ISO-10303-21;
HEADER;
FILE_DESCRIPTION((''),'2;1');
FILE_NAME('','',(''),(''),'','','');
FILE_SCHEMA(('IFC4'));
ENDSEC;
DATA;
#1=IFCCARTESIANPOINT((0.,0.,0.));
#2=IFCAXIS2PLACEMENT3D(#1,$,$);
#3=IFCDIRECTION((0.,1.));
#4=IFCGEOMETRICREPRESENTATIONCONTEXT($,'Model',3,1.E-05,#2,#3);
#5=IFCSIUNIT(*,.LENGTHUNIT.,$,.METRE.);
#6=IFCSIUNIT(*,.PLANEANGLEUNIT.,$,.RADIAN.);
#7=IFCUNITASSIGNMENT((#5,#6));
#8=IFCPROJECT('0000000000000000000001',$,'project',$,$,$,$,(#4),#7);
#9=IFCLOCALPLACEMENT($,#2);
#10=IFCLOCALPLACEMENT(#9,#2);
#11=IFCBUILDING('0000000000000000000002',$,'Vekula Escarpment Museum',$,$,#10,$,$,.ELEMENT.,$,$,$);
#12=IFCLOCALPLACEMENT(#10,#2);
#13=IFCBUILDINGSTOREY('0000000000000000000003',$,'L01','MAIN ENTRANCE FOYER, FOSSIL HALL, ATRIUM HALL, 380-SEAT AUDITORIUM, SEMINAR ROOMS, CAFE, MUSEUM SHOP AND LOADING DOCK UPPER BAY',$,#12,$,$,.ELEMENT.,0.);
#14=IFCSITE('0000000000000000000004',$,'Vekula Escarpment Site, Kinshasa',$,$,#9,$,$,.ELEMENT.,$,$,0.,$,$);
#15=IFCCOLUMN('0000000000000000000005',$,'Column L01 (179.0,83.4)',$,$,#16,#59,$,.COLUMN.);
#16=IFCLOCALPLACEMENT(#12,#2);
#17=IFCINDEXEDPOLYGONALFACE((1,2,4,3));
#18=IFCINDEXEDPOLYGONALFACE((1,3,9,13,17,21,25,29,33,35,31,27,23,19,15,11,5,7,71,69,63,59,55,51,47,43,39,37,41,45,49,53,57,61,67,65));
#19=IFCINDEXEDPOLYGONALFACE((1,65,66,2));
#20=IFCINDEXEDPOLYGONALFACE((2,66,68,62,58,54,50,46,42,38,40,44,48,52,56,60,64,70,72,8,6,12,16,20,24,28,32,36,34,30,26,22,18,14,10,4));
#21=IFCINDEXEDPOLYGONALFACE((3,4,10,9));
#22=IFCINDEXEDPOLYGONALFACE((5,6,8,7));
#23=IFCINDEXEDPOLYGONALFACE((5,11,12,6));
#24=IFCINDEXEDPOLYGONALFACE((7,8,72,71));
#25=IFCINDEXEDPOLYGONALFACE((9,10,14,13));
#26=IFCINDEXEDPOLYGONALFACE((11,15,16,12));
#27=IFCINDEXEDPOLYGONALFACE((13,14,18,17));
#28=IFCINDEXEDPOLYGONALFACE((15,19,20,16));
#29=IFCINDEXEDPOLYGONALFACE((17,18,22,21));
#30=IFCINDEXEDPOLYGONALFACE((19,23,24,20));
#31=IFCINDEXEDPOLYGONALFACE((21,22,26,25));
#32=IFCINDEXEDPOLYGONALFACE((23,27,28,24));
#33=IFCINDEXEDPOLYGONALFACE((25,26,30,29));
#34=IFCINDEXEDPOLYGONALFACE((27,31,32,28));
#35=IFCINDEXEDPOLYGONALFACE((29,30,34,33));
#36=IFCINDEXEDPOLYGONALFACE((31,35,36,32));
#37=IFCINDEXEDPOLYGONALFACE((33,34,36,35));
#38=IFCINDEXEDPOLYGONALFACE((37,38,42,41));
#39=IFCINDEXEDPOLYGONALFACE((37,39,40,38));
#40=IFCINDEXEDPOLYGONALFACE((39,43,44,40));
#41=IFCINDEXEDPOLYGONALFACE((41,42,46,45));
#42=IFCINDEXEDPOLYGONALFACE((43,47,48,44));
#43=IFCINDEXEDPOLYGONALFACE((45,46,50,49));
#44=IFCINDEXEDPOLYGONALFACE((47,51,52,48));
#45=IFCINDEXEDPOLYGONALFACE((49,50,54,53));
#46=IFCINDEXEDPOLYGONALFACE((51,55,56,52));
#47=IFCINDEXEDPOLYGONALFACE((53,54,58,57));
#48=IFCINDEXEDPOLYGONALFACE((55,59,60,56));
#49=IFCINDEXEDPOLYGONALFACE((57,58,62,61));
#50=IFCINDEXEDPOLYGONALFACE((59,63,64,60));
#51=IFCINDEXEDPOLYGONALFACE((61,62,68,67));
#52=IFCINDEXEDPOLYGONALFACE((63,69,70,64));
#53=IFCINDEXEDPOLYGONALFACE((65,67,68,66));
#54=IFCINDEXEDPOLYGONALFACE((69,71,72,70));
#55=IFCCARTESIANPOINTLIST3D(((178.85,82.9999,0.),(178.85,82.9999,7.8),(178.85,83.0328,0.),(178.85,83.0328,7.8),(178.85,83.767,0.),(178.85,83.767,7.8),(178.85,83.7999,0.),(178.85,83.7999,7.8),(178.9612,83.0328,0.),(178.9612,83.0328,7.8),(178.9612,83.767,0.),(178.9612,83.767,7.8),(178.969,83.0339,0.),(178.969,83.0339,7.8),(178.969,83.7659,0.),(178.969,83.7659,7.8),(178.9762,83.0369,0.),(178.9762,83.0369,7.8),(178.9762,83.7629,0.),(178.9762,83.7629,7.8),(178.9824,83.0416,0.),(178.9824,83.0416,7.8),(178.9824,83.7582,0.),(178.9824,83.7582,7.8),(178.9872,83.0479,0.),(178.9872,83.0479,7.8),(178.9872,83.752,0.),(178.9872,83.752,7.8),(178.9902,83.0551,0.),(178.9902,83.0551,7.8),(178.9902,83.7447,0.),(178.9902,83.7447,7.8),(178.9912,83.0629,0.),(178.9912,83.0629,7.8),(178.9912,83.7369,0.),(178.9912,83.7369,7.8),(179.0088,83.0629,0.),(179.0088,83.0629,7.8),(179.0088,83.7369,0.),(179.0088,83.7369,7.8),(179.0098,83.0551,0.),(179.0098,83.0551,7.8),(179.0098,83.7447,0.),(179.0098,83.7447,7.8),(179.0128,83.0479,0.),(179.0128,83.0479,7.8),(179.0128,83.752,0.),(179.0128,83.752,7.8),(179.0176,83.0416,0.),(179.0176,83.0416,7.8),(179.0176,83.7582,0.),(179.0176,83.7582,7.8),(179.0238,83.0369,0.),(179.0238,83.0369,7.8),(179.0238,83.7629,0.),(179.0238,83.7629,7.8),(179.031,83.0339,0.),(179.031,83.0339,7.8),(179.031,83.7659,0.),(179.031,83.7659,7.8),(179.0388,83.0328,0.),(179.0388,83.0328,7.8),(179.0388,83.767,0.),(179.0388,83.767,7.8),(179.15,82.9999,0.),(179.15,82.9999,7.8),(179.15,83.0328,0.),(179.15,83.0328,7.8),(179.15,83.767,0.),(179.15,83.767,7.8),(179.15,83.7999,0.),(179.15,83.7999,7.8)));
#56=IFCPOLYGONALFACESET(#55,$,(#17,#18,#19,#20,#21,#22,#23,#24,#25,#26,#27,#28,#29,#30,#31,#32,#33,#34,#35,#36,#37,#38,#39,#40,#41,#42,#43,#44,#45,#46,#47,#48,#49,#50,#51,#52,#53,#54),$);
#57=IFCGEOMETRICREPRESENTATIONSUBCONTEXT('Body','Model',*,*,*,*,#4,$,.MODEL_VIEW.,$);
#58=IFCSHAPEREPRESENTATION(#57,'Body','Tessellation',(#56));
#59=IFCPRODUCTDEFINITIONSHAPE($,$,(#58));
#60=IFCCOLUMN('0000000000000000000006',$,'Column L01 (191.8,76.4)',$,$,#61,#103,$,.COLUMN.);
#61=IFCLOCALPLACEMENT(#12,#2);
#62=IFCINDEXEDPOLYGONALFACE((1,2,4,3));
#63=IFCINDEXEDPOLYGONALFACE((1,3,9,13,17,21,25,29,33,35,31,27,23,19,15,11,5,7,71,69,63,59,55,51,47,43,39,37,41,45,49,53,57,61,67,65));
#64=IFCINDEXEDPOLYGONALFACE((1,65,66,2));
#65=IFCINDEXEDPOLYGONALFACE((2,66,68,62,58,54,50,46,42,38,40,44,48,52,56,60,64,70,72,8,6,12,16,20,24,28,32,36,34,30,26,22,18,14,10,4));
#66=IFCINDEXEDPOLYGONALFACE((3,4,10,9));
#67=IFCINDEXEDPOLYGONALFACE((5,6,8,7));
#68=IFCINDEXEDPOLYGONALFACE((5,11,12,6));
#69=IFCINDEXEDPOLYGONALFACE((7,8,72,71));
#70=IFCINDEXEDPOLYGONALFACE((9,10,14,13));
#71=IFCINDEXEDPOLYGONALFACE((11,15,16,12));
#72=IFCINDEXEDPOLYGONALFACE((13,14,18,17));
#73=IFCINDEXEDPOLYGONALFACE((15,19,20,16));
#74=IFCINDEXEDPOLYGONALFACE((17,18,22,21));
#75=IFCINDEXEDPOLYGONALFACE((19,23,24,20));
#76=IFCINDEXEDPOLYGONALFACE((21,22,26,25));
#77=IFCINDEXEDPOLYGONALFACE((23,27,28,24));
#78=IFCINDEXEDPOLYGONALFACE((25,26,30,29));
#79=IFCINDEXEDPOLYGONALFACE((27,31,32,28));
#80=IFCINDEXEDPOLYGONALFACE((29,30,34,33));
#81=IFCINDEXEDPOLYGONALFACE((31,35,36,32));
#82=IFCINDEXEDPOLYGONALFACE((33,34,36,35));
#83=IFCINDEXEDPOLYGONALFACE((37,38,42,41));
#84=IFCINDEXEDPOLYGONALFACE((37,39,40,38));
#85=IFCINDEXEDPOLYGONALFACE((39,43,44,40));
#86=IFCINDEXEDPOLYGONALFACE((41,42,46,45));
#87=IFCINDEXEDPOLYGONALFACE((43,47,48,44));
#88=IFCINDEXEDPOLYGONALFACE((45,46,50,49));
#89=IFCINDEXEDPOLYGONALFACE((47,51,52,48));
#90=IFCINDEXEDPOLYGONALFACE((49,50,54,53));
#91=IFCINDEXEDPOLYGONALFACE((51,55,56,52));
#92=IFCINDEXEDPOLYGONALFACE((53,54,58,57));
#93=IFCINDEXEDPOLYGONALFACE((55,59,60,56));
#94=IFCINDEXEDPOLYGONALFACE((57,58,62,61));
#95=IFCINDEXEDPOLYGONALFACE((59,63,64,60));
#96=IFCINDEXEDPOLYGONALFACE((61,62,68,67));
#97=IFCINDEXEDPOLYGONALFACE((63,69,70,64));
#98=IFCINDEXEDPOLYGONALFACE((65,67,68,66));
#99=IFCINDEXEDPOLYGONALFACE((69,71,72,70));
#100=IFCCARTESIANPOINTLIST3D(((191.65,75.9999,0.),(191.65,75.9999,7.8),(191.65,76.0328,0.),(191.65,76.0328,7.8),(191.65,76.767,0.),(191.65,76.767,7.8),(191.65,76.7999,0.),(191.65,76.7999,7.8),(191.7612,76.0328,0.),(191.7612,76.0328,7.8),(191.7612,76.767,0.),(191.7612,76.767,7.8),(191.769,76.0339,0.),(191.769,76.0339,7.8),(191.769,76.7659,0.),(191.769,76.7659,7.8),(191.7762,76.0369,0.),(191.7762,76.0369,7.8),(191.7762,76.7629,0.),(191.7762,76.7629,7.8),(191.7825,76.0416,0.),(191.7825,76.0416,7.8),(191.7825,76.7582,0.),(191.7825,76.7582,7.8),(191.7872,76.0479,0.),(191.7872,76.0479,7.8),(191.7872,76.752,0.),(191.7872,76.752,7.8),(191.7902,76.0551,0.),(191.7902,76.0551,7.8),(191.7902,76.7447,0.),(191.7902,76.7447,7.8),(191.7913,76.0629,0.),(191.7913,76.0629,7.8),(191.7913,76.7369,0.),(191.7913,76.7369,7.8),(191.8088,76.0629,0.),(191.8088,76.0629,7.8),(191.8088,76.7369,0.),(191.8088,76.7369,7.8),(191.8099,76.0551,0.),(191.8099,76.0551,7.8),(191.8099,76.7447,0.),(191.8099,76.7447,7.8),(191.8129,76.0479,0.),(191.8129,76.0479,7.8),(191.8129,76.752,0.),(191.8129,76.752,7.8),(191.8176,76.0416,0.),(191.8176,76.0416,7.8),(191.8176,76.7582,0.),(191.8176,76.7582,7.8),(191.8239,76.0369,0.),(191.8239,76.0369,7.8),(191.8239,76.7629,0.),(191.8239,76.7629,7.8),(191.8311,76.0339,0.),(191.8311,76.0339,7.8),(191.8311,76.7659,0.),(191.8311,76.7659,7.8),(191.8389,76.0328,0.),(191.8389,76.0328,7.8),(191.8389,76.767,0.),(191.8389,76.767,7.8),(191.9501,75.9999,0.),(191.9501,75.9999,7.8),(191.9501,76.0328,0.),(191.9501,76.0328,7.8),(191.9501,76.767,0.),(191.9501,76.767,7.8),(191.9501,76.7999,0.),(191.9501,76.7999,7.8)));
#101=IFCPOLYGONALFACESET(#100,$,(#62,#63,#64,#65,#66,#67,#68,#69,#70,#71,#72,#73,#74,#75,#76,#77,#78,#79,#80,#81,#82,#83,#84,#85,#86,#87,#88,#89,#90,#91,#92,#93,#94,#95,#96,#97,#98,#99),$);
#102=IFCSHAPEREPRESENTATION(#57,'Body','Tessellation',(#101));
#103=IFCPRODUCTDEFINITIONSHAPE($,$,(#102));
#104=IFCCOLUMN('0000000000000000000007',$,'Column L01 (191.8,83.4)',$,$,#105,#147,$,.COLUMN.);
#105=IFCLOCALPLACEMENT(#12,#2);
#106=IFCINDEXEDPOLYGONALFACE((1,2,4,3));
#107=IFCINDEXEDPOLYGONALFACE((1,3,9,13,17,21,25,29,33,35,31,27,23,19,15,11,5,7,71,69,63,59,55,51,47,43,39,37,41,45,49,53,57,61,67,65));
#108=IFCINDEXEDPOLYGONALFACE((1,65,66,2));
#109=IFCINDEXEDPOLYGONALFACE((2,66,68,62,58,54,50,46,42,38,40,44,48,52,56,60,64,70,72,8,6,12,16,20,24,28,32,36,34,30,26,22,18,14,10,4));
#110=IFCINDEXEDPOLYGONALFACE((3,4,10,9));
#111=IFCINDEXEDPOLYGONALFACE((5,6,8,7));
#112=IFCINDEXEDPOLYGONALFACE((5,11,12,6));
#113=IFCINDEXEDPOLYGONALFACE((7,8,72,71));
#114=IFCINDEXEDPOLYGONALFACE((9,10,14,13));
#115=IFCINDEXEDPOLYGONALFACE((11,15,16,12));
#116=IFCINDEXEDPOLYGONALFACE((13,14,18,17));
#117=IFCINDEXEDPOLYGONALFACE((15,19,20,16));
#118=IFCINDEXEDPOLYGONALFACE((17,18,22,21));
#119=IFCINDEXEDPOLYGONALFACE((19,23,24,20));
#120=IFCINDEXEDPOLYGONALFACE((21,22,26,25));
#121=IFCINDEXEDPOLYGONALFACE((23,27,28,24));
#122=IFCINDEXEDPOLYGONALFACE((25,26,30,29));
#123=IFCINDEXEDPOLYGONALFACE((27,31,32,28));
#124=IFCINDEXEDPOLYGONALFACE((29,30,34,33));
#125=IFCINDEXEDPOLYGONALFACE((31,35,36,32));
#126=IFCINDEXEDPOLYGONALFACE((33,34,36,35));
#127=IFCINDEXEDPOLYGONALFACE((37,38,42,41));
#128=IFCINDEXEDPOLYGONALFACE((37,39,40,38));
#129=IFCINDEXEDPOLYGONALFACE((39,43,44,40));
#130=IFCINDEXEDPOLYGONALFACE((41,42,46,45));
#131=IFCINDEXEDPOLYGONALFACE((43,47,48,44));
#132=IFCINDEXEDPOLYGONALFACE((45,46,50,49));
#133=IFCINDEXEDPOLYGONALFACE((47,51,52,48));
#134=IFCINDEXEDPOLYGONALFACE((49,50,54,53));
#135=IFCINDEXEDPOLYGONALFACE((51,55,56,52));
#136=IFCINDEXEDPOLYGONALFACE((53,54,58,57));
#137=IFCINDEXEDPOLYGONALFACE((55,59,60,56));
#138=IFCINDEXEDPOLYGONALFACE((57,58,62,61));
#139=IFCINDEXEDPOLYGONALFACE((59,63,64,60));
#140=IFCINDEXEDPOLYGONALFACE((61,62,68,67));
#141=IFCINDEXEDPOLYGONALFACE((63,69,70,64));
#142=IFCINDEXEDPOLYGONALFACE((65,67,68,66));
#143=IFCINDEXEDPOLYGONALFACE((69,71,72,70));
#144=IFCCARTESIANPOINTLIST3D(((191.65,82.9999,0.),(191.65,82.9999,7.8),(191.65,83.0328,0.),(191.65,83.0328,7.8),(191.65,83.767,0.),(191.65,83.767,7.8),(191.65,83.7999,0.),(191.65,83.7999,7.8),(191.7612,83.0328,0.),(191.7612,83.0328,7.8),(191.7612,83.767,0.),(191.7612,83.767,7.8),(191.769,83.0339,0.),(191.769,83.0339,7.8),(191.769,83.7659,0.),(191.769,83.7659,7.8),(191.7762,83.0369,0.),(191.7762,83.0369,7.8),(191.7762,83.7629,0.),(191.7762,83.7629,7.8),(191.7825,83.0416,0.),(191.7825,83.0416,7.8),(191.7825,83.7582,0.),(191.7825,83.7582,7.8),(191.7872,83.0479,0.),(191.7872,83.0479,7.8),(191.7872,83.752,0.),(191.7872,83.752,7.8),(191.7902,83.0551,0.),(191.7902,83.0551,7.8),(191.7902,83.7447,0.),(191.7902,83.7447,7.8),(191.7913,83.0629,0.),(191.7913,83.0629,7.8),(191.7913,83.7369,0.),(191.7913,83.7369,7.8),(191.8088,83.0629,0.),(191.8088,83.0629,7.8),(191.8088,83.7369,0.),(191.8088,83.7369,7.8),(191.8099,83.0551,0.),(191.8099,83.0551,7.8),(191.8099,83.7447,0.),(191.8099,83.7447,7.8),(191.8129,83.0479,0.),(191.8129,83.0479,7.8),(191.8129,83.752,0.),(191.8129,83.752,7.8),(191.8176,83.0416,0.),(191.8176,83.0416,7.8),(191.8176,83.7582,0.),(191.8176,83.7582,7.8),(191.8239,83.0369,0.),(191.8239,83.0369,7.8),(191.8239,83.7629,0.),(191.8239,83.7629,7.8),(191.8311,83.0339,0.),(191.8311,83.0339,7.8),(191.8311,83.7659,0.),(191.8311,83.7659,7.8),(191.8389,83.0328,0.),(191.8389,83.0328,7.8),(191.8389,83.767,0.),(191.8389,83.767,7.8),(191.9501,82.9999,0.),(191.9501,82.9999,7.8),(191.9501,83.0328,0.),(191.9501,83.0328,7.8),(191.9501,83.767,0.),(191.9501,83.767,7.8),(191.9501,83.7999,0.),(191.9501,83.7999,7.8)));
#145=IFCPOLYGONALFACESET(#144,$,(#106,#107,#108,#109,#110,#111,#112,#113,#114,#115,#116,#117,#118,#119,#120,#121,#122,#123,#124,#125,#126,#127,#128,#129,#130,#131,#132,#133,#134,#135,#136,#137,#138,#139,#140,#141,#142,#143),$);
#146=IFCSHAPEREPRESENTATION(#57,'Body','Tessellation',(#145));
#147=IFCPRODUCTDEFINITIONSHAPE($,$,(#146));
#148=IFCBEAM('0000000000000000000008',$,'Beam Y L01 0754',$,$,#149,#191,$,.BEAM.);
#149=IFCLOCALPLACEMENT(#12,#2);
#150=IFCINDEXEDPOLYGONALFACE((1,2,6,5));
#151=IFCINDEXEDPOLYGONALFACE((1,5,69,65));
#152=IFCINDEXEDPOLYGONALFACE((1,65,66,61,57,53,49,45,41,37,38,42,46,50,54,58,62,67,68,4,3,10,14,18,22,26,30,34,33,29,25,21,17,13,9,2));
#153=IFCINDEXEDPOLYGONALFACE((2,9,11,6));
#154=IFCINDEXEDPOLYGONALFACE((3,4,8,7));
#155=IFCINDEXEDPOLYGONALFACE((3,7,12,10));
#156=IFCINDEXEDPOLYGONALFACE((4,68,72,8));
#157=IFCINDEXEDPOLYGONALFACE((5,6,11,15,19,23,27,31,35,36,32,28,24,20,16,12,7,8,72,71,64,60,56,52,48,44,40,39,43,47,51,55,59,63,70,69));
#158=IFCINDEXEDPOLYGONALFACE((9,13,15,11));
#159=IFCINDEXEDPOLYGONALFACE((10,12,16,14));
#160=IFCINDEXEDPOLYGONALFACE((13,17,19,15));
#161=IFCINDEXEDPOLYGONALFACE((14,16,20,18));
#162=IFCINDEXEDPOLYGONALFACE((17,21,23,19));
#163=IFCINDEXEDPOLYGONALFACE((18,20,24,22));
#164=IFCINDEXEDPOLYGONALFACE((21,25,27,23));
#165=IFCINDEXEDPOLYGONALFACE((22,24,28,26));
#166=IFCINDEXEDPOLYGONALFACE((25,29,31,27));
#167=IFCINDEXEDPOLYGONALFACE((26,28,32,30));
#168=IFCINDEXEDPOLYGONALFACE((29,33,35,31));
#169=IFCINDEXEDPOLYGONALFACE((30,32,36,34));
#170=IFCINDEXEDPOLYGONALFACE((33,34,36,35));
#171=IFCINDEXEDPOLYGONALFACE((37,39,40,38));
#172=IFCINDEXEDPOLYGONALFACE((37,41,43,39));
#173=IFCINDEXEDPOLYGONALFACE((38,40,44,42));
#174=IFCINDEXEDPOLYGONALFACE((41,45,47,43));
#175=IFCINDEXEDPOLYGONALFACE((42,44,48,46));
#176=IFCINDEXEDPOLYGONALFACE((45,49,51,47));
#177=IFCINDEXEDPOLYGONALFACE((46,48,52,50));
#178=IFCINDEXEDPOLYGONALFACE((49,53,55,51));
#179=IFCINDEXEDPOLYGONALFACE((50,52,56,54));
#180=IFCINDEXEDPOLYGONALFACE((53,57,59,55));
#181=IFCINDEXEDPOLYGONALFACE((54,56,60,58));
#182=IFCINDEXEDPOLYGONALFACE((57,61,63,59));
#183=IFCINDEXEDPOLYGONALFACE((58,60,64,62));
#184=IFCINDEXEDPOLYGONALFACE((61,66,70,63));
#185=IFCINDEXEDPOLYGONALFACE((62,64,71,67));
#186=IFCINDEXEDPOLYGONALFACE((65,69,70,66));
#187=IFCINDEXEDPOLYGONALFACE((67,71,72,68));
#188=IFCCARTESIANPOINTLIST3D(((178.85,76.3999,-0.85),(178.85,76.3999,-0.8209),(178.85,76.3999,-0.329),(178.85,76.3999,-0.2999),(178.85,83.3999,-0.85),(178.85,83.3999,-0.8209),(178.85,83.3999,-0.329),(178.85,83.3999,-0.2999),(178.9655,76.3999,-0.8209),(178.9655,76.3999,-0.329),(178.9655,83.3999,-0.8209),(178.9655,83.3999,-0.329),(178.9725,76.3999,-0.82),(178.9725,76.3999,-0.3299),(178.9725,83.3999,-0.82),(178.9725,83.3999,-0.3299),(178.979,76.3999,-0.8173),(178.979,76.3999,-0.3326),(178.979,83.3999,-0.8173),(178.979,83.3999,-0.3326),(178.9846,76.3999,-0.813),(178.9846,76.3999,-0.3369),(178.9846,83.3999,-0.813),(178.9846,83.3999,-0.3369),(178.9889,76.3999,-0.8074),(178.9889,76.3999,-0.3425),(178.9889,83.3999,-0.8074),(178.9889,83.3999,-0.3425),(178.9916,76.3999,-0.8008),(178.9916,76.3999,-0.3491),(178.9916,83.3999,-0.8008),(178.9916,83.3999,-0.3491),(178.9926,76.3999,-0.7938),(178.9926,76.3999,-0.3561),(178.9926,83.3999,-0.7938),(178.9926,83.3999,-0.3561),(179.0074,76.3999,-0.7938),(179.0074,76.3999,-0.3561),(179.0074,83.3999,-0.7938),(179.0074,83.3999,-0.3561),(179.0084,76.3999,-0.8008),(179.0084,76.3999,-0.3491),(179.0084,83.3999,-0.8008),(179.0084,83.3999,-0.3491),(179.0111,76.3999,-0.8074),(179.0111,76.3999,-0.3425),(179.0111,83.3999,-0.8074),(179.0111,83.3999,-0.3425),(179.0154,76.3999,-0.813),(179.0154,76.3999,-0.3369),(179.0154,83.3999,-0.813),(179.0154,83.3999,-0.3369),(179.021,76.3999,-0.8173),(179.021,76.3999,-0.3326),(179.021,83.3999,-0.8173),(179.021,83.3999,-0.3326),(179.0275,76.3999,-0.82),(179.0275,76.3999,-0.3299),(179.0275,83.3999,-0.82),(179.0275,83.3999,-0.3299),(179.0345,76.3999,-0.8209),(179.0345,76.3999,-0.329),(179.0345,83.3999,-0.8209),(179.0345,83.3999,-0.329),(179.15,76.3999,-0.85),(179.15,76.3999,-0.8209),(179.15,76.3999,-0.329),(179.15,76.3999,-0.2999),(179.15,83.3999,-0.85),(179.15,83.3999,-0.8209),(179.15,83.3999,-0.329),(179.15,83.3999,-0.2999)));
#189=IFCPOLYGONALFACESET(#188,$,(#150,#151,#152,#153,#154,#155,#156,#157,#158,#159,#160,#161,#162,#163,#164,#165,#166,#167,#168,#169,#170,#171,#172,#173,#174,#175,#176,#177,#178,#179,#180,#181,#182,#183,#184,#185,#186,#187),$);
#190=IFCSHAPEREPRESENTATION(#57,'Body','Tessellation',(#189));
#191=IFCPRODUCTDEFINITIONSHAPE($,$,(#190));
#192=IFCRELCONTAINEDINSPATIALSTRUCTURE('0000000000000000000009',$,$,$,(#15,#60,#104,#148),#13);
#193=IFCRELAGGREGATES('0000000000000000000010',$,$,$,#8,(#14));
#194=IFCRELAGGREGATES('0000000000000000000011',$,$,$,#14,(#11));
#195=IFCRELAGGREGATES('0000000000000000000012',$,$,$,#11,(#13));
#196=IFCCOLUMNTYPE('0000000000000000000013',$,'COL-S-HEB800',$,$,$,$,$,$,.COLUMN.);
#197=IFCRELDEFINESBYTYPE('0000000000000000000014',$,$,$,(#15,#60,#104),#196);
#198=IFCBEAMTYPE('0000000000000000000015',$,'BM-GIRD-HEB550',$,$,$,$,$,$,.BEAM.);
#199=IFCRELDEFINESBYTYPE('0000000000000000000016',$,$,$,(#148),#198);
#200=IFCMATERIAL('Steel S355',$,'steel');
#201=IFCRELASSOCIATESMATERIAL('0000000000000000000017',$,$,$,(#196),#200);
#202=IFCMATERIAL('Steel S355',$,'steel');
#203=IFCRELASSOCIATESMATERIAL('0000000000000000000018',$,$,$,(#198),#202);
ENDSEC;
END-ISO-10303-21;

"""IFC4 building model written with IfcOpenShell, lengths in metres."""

from ifc_helpers import new_model, si_unit, direction, frame, origin, origin_2d, place, context, subcontext, project, spatial, i_section, extrude, material, material_profile, profile_set, type_object, element, save


model = new_model("IFC4")

# Units and contexts
model_context = context("Model", 3, precision=1e-05, world=origin(), true_north=direction((0.0, 1.0)))
body_context = subcontext(model_context, "Body", "Model", "MODEL_VIEW")
ifc_project = project(units=[si_unit("LENGTHUNIT", "METRE"), si_unit("PLANEANGLEUNIT", "RADIAN")], contexts=[model_context])

# Site, building, storey
site_placement = place(None, origin())
site = spatial("IfcSite", under=ifc_project, at=site_placement, Name="Vekula Escarpment Site, Kinshasa", CompositionType="ELEMENT", RefElevation=0.0)
building_placement = place(site_placement, origin())
building = spatial("IfcBuilding", under=site, at=building_placement, Name="Vekula Escarpment Museum", CompositionType="ELEMENT")
storey_placement = place(building_placement, origin())
storey = spatial("IfcBuildingStorey", under=building, at=storey_placement, Name="L01", Description="MAIN ENTRANCE FOYER, FOSSIL HALL, ATRIUM HALL, 380-SEAT AUDITORIUM, SEMINAR ROOMS, CAFE, MUSEUM SHOP AND LOADING DOCK UPPER BAY", CompositionType="ELEMENT", Elevation=0.0)

# Columns
ifc_material_1 = material(Name="Steel S355", Category="steel")
ifc_material_profile_1 = material_profile(ifc_material_1, i_section(OverallWidth=0.3, OverallDepth=0.8, WebThickness=0.0176, FlangeThickness=0.033, FilletRadius=0.03, at=origin_2d()), Name="HEB 800")
ifc_profile_set_1 = profile_set([ifc_material_profile_1], Name="Steel S355")
column_type = type_object("IfcColumnType", Name="COL-S-HEB800", PredefinedType="COLUMN", material=ifc_profile_set_1)
for number, where, z_axis, x_axis, name in (
    (1, (179.0, 83.3999, 0.0), (0.0, 0.0, 1.0), (1.0, 0.0, 0.0), "Column L01 (179.0,83.4)"),
    (2, (191.8, 76.3999, 0.0), (0.0, 0.0, 1.0), (1.0, 0.0, 0.0), "Column L01 (191.8,76.4)"),
    (3, (191.8, 83.3999, 0.0), (0.0, 0.0, 1.0), (1.0, 0.0, 0.0), "Column L01 (191.8,83.4)"),
):
    element("IfcColumn", number, at=place(storey_placement, frame(where, z_axis=z_axis, x_axis=x_axis)), inside=storey, type_object=column_type, Name=name, PredefinedType="COLUMN", context=body_context, shape_type="SweptSolid", body=[
        extrude(i_section(OverallWidth=0.3, OverallDepth=0.8, WebThickness=0.0176, FlangeThickness=0.033, FilletRadius=0.03, at=origin_2d()), origin(), (0.0, 0.0, 1.0), 7.8),
    ])

# Beam
ifc_material_2 = material(Name="Steel S355", Category="steel")
ifc_material_profile_2 = material_profile(ifc_material_2, i_section(OverallWidth=0.3, OverallDepth=0.55, WebThickness=0.0149, FlangeThickness=0.0291, FilletRadius=0.0271, at=origin_2d()), Name="HEB 550")
ifc_profile_set_2 = profile_set([ifc_material_profile_2], Name="Steel S355")
beam_type_1 = type_object("IfcBeamType", Name="BM-GIRD-HEB550", PredefinedType="BEAM", material=ifc_profile_set_2)
for number, where, z_axis, x_axis, name in (
    (4, (179.0, 76.3999, -0.575), (0.0, 1.0, 0.0), (-1.0, 0.0, 0.0), "Beam Y L01 0754"),
):
    element("IfcBeam", number, at=place(storey_placement, frame(where, z_axis=z_axis, x_axis=x_axis)), inside=storey, type_object=beam_type_1, Name=name, PredefinedType="BEAM", context=body_context, shape_type="SweptSolid", body=[
        extrude(i_section(OverallWidth=0.3, OverallDepth=0.55, WebThickness=0.0149, FlangeThickness=0.0291, FilletRadius=0.0271, at=origin_2d()), origin(), (0.0, 0.0, 1.0), 7.0),
    ])

save(model, "model.ifc")
